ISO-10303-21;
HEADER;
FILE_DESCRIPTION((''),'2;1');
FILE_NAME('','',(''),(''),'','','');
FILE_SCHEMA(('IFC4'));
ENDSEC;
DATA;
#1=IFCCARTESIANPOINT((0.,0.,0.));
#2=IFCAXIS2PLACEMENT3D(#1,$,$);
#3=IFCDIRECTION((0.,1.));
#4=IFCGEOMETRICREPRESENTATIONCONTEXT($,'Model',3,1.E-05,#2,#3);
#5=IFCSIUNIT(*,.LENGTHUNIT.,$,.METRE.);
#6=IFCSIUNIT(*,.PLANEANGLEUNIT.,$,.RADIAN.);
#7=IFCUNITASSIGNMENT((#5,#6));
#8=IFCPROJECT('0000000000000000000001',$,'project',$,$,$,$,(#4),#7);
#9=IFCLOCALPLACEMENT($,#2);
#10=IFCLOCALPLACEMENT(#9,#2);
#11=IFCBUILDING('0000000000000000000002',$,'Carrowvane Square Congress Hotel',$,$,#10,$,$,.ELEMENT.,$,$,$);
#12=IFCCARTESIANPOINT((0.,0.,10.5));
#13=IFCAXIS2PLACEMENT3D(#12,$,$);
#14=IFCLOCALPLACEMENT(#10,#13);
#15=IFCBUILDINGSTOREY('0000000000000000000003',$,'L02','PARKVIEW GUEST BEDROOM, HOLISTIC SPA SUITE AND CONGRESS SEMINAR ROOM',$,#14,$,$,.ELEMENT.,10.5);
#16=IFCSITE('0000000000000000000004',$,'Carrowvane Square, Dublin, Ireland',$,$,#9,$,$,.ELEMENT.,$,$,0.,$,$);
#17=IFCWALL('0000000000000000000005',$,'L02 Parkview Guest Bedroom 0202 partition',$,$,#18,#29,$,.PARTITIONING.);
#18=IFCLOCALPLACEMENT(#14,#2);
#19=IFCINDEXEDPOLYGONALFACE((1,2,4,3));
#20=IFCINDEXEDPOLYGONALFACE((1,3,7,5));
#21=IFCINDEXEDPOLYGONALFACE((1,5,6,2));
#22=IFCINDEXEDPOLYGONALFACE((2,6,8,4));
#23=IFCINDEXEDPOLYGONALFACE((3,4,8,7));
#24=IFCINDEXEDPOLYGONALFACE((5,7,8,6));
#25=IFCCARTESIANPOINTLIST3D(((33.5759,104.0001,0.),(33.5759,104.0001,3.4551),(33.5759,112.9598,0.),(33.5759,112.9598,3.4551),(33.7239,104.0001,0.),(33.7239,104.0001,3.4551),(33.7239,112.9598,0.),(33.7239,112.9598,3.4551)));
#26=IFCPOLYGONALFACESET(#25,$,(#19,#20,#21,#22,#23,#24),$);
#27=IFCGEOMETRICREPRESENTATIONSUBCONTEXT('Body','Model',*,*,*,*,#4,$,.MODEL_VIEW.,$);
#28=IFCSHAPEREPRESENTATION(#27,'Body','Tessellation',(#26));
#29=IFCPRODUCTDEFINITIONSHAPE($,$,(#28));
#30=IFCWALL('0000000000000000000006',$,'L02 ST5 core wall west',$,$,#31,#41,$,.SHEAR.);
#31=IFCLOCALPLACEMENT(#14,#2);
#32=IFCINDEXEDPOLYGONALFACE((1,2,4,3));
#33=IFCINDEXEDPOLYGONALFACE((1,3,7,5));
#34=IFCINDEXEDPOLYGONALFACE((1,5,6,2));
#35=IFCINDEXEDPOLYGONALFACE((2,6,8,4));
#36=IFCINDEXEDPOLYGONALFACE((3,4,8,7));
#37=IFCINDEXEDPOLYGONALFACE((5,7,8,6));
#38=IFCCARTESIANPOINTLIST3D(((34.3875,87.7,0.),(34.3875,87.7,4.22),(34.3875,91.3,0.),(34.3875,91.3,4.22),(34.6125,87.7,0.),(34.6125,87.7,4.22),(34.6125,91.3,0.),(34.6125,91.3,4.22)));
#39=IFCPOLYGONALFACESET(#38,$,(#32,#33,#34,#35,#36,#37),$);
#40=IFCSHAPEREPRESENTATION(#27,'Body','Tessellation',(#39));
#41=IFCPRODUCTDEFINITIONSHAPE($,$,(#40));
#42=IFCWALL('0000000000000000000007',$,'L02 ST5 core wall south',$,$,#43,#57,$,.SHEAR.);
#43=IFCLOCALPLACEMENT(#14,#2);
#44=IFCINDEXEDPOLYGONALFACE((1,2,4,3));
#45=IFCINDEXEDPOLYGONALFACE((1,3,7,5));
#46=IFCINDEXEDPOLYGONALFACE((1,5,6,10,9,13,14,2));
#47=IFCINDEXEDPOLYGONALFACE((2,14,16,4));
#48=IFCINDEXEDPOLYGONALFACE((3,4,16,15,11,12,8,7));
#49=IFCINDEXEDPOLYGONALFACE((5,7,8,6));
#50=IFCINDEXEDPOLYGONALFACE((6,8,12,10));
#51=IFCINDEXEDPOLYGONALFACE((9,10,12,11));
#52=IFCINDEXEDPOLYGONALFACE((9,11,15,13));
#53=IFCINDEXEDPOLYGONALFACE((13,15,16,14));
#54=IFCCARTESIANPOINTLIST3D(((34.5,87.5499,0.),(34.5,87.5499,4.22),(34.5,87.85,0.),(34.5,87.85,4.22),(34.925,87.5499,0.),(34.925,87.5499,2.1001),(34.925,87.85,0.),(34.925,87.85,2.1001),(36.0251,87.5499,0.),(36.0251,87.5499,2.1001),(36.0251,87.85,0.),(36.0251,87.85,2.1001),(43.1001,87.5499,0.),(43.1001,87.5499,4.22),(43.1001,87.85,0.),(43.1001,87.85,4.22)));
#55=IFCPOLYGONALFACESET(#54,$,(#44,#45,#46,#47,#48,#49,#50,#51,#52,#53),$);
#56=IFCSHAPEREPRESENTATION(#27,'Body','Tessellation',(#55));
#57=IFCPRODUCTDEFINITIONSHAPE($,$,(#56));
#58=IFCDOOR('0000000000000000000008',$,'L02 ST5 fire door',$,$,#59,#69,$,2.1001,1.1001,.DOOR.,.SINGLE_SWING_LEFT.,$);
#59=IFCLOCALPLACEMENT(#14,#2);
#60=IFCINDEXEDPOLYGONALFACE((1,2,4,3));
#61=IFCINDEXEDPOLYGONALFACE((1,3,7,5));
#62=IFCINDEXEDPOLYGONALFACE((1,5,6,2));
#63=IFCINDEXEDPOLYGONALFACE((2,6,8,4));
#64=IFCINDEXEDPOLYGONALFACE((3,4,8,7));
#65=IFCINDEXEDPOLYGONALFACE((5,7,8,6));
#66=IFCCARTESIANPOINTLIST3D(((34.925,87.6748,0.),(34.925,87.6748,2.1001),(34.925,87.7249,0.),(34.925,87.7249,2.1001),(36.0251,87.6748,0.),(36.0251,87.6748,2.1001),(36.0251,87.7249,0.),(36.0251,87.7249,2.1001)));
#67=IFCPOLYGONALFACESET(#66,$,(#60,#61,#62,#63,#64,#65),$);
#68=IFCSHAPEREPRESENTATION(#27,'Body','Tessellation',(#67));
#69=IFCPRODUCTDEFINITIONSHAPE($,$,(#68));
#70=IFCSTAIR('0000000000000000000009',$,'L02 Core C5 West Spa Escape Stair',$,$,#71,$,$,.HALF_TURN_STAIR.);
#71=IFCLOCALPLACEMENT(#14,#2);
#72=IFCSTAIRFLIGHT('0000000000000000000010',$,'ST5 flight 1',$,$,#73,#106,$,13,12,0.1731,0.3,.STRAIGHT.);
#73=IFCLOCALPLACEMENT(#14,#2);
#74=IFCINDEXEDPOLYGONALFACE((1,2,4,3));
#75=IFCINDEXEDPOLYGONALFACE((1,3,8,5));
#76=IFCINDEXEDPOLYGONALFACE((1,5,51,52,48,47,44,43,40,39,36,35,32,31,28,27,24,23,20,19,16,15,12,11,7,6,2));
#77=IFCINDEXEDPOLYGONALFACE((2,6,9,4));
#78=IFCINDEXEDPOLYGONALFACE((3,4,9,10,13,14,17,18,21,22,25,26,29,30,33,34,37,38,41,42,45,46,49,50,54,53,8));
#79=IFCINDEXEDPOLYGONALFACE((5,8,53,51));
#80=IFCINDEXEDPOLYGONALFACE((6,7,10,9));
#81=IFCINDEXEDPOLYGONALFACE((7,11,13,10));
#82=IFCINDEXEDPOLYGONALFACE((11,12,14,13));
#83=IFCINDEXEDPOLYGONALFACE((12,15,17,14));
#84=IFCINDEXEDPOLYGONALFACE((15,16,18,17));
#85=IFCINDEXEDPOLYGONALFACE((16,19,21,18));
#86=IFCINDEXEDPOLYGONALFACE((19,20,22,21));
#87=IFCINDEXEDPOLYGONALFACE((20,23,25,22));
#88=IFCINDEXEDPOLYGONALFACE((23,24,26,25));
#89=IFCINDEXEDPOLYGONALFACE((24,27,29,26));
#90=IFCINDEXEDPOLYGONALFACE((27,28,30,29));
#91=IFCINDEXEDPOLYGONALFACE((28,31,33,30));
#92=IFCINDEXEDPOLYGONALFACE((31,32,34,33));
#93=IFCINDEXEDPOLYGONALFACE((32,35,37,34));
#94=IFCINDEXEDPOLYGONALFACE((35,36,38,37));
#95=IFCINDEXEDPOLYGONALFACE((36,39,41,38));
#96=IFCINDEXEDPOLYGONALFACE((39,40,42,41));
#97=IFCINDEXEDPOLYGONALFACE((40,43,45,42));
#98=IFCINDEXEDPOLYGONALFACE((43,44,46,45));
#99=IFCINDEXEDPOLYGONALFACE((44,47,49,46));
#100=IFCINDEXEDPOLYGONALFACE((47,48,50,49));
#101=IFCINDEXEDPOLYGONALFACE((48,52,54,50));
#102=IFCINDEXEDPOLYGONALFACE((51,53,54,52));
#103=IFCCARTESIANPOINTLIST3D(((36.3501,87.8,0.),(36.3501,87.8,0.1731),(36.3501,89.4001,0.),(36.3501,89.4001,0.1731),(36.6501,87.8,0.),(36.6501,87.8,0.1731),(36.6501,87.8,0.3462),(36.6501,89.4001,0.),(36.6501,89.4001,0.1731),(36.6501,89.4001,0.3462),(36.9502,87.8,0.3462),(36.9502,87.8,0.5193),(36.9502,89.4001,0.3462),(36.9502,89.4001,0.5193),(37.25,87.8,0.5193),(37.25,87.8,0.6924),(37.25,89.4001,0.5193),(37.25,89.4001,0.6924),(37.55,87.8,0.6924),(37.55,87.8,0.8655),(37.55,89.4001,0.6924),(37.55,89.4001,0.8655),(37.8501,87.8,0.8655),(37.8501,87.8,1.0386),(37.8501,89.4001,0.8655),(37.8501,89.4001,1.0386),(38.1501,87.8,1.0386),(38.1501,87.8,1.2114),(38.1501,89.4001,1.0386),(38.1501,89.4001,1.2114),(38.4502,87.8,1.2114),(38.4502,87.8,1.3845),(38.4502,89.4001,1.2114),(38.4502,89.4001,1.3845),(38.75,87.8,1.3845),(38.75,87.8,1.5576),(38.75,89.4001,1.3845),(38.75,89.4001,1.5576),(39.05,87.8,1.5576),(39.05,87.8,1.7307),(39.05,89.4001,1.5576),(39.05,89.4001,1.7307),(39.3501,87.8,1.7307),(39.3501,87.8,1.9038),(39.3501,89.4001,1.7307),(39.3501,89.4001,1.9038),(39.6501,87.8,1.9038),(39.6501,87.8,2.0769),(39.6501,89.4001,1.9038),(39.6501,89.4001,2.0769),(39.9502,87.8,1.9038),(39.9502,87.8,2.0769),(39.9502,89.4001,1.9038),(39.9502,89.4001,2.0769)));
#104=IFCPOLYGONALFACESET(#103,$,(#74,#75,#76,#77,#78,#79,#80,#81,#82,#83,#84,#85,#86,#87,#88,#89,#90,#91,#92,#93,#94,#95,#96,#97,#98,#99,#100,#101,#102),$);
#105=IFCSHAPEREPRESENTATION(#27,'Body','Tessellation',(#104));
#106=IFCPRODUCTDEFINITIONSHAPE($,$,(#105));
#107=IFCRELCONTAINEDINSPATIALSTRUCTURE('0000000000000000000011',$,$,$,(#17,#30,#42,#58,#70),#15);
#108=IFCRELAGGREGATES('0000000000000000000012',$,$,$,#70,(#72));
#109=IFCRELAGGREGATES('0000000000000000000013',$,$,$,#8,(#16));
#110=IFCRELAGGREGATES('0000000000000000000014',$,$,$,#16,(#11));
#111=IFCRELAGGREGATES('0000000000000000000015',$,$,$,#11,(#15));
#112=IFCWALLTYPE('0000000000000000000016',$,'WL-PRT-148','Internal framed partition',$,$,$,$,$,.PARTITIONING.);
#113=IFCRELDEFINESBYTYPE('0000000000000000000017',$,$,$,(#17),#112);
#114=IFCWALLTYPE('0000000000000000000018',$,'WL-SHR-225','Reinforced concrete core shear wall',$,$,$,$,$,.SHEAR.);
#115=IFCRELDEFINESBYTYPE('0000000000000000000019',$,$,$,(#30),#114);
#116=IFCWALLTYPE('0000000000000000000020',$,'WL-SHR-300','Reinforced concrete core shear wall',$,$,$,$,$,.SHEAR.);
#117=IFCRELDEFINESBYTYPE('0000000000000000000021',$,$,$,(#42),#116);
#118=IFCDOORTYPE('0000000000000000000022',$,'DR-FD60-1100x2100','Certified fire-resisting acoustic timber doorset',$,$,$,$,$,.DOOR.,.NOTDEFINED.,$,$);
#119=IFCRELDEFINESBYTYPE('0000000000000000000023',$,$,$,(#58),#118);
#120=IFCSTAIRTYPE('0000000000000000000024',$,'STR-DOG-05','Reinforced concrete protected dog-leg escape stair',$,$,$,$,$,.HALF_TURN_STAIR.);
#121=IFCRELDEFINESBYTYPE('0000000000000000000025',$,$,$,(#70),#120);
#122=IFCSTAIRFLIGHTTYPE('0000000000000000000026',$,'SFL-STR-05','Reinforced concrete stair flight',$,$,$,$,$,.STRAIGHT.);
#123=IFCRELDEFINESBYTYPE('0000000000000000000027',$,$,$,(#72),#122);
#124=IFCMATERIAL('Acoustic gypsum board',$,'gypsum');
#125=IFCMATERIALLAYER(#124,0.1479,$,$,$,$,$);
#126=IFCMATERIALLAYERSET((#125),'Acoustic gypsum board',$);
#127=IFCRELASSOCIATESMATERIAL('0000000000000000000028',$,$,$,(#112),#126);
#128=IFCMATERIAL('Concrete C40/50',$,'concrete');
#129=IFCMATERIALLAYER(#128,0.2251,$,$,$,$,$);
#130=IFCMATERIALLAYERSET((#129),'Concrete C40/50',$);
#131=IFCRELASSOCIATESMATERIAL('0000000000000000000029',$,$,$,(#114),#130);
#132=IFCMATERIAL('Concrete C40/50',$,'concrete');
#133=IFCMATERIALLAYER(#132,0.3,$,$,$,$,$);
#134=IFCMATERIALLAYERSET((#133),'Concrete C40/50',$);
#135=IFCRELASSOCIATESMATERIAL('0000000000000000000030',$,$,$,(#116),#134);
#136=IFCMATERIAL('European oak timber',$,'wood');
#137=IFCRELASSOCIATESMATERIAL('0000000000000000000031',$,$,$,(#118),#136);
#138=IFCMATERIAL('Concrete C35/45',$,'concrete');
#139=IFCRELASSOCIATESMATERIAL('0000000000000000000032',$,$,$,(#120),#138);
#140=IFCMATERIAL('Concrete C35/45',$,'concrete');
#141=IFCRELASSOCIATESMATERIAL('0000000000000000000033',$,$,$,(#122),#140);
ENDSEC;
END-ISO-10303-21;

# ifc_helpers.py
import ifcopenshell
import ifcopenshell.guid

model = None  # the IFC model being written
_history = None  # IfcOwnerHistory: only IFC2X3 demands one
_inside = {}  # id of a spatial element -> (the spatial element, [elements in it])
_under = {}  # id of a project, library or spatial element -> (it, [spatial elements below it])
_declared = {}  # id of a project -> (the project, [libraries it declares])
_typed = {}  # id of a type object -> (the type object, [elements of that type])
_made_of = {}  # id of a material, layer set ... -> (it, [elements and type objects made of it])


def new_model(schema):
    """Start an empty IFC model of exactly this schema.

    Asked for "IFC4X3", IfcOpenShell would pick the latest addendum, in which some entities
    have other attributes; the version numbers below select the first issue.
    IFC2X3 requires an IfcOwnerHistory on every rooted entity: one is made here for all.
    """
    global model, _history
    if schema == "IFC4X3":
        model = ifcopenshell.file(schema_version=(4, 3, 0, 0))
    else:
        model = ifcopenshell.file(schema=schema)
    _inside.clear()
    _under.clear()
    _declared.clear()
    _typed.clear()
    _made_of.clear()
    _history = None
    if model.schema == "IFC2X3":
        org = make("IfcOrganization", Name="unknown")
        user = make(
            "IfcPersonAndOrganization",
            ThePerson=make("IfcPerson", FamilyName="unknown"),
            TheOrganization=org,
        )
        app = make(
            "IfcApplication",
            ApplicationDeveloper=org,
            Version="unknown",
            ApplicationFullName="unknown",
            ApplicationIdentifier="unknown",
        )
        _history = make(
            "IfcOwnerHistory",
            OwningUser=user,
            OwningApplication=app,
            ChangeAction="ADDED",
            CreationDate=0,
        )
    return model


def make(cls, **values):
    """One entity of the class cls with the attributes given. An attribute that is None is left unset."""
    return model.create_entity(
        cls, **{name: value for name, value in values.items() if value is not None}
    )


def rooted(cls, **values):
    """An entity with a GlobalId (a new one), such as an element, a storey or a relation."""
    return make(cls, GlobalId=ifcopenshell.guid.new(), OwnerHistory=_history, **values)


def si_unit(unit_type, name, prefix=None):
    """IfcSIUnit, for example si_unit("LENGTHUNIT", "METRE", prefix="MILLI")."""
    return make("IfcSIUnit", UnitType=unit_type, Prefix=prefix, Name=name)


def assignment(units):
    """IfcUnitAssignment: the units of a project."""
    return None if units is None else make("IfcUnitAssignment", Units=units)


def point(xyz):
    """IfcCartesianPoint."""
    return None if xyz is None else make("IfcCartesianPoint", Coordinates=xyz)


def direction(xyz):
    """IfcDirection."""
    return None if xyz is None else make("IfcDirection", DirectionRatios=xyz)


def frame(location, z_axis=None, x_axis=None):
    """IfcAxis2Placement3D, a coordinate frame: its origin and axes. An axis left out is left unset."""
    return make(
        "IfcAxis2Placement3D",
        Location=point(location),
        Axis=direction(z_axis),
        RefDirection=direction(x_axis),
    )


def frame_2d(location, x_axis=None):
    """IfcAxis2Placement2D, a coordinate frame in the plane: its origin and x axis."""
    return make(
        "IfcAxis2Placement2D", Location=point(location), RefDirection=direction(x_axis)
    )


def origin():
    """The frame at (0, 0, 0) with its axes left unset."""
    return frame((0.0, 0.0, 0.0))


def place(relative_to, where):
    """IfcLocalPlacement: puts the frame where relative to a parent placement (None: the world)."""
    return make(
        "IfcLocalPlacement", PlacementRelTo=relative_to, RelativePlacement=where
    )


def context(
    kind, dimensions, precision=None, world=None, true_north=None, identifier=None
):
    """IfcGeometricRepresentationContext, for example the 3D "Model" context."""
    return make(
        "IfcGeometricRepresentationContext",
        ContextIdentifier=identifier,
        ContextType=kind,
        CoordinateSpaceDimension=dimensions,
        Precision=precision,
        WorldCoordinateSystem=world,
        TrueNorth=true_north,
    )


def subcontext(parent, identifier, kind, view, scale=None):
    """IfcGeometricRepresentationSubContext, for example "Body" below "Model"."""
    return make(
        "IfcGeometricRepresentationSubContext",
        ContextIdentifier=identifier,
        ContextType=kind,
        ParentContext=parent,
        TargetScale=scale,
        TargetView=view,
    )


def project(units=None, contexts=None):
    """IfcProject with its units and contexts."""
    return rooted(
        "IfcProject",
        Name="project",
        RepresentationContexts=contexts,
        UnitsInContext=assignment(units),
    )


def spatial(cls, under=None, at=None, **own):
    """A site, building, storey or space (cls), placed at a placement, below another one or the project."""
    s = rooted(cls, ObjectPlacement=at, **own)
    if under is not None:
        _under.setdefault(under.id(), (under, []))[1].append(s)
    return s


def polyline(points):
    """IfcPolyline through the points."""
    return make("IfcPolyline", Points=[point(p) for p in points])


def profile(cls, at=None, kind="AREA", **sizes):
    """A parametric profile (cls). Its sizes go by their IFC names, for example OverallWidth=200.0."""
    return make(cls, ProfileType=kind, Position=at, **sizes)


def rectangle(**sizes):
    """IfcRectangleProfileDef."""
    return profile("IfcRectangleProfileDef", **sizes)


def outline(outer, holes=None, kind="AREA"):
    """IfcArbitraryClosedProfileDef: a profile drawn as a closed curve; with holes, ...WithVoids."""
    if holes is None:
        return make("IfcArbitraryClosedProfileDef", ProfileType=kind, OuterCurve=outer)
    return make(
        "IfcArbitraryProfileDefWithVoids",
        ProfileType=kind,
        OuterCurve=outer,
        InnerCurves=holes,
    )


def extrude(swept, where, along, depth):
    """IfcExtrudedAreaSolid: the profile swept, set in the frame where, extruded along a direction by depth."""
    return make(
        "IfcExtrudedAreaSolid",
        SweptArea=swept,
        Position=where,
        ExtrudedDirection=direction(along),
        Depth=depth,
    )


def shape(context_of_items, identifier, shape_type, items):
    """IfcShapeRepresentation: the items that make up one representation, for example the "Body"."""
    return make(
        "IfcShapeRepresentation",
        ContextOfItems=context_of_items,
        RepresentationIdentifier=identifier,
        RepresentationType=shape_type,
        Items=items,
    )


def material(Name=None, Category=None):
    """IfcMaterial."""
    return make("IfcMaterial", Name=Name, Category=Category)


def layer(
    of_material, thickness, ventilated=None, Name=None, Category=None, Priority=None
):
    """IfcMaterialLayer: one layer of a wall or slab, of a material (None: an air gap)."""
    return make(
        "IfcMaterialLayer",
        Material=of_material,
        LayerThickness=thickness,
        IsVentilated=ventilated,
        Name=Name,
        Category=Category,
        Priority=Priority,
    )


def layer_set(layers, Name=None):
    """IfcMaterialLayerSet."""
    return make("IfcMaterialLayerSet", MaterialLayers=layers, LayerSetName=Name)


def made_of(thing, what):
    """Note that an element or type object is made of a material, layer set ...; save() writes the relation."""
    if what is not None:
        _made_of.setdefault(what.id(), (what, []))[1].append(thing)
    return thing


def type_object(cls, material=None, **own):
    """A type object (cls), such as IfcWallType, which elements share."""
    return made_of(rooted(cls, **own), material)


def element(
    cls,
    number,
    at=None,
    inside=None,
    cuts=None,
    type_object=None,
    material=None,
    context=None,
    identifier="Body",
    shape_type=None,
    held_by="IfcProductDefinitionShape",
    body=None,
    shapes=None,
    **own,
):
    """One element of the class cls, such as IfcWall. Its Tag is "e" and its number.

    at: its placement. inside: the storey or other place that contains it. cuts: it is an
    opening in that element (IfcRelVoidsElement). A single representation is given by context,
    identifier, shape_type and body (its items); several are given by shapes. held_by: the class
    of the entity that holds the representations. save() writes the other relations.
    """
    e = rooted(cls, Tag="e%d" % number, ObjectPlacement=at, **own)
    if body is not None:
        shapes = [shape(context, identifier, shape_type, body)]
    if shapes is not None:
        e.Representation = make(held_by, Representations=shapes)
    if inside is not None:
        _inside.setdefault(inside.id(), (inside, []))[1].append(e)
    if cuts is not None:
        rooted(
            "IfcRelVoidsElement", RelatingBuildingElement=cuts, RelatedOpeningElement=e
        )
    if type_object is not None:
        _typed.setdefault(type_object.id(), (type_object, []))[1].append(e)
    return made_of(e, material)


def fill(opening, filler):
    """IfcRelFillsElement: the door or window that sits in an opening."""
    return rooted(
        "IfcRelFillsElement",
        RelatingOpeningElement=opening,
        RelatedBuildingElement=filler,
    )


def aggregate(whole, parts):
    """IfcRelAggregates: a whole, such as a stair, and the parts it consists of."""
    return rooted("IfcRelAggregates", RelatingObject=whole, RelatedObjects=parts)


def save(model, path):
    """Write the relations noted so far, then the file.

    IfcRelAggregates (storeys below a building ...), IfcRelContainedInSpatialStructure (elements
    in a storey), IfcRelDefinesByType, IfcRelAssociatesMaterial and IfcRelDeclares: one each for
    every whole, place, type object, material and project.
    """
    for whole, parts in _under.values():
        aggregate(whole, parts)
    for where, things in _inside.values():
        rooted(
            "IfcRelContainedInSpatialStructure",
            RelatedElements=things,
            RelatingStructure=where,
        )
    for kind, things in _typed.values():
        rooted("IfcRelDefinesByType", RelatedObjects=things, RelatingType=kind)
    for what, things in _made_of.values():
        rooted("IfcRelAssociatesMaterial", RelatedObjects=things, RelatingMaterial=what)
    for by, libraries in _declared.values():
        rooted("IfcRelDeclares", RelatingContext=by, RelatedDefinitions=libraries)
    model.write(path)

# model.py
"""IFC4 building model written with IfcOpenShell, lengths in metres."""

from ifc_helpers import new_model, si_unit, direction, frame, frame_2d, origin, place, context, subcontext, project, spatial, polyline, rectangle, outline, extrude, material, layer, layer_set, type_object, element, fill, aggregate, save


model = new_model("IFC4")

# Units and contexts
model_context = context("Model", 3, precision=1e-05, world=origin(), true_north=direction((0.0, 1.0)))
body_context = subcontext(model_context, "Body", "Model", "MODEL_VIEW")
ifc_project = project(units=[si_unit("LENGTHUNIT", "METRE"), si_unit("PLANEANGLEUNIT", "RADIAN")], contexts=[model_context])

# Site, building, storey
site_placement = place(None, origin())
site = spatial("IfcSite", under=ifc_project, at=site_placement, Name="Carrowvane Square, Dublin, Ireland", CompositionType="ELEMENT", RefElevation=0.0)
building_placement = place(site_placement, origin())
building = spatial("IfcBuilding", under=site, at=building_placement, Name="Carrowvane Square Congress Hotel", CompositionType="ELEMENT")
storey_placement = place(building_placement, frame((0.0, 0.0, 10.5)))
storey = spatial("IfcBuildingStorey", under=building, at=storey_placement, Name="L02", Description="PARKVIEW GUEST BEDROOM, HOLISTIC SPA SUITE AND CONGRESS SEMINAR ROOM", CompositionType="ELEMENT", Elevation=10.5)

# Walls
ifc_material_1 = material(Name="Acoustic gypsum board", Category="gypsum")
ifc_layer_1 = layer(ifc_material_1, 0.1479)
ifc_layer_set_1 = layer_set([ifc_layer_1], Name="Acoustic gypsum board")
wall_type_1 = type_object("IfcWallType", Name="WL-PRT-148", Description="Internal framed partition", PredefinedType="PARTITIONING", material=ifc_layer_set_1)
wall_1_placement = place(storey_placement, frame((33.6499, 104.0, 0.0), z_axis=(0.0, 0.0, 1.0), x_axis=(0.0, 1.0, 0.0)))
element("IfcWall", 1, at=wall_1_placement, inside=storey, type_object=wall_type_1, Name="L02 Parkview Guest Bedroom 0202 partition", PredefinedType="PARTITIONING", context=body_context, shape_type="SweptSolid", body=[
    extrude(rectangle(XDim=8.9597, YDim=0.1479, at=frame_2d((4.48, 0.0))), origin(), (0.0, 0.0, 1.0), 3.4551),
])
ifc_material_2 = material(Name="Concrete C40/50", Category="concrete")
ifc_layer_2 = layer(ifc_material_2, 0.2251)
ifc_layer_set_2 = layer_set([ifc_layer_2], Name="Concrete C40/50")
wall_type_2 = type_object("IfcWallType", Name="WL-SHR-225", Description="Reinforced concrete core shear wall", PredefinedType="SHEAR", material=ifc_layer_set_2)
wall_2_placement = place(storey_placement, frame((34.5, 91.3, 0.0), z_axis=(0.0, 0.0, 1.0), x_axis=(0.0, -1.0, 0.0)))
element("IfcWall", 2, at=wall_2_placement, inside=storey, type_object=wall_type_2, Name="L02 ST5 core wall west", PredefinedType="SHEAR", context=body_context, shape_type="SweptSolid", body=[
    extrude(rectangle(XDim=3.6001, YDim=0.2251, at=frame_2d((1.8, 0.0))), origin(), (0.0, 0.0, 1.0), 4.22),
])

# Wall, opening, door
ifc_material_3 = material(Name="Concrete C40/50", Category="concrete")
ifc_layer_3 = layer(ifc_material_3, 0.3)
ifc_layer_set_3 = layer_set([ifc_layer_3], Name="Concrete C40/50")
wall_type_3 = type_object("IfcWallType", Name="WL-SHR-300", Description="Reinforced concrete core shear wall", PredefinedType="SHEAR", material=ifc_layer_set_3)
wall_3_placement = place(storey_placement, frame((34.5, 87.7, 0.0), z_axis=(0.0, 0.0, 1.0), x_axis=(1.0, 0.0, 0.0)))
wall_3 = element("IfcWall", 3, at=wall_3_placement, inside=storey, type_object=wall_type_3, Name="L02 ST5 core wall south", PredefinedType="SHEAR", context=body_context, shape_type="SweptSolid", body=[
    extrude(rectangle(XDim=8.6001, YDim=0.3, at=frame_2d((4.3, 0.0))), origin(), (0.0, 0.0, 1.0), 4.22),
])
opening_1_placement = place(wall_3_placement, frame((0.425, 0.0, 0.0)))
opening_1 = element("IfcOpeningElement", 4, at=opening_1_placement, cuts=wall_3, PredefinedType="OPENING", context=body_context, shape_type="SweptSolid", body=[
    extrude(rectangle(XDim=1.1001, YDim=2.1001, at=frame_2d((0.55, 1.05))), frame((0.0, 0.1599, 0.0), z_axis=(0.0, -1.0, 0.0), x_axis=(1.0, 0.0, 0.0)), (0.0, 0.0, 1.0), 0.3201),
])
ifc_material_4 = material(Name="European oak timber", Category="wood")
door_type_1 = type_object("IfcDoorType", Name="DR-FD60-1100x2100", Description="Certified fire-resisting acoustic timber doorset", OperationType="NOTDEFINED", PredefinedType="DOOR", material=ifc_material_4)
door_1_placement = place(opening_1_placement, origin())
door_1 = element("IfcDoor", 5, at=door_1_placement, inside=storey, type_object=door_type_1, Name="L02 ST5 fire door", OperationType="SINGLE_SWING_LEFT", OverallHeight=2.1001, OverallWidth=1.1001, PredefinedType="DOOR", context=body_context, shape_type="SweptSolid", body=[
    extrude(rectangle(XDim=1.1001, YDim=2.1001, at=frame_2d((0.55, 1.05))), frame((0.0, 0.0249, 0.0), z_axis=(0.0, -1.0, 0.0), x_axis=(1.0, 0.0, 0.0)), (0.0, 0.0, 1.0), 0.05),
])
fill(opening_1, door_1)

# Stair, stair flight
ifc_material_5 = material(Name="Concrete C35/45", Category="concrete")
stair_type = type_object("IfcStairType", Name="STR-DOG-05", Description="Reinforced concrete protected dog-leg escape stair", PredefinedType="HALF_TURN_STAIR", material=ifc_material_5)
stair_placement = place(storey_placement, origin())
stair = element("IfcStair", 6, at=stair_placement, inside=storey, type_object=stair_type, Name="L02 Core C5 West Spa Escape Stair", PredefinedType="HALF_TURN_STAIR")
ifc_material_6 = material(Name="Concrete C35/45", Category="concrete")
stair_flight_type = type_object("IfcStairFlightType", Name="SFL-STR-05", Description="Reinforced concrete stair flight", PredefinedType="STRAIGHT", material=ifc_material_6)
stair_flight_placement = place(storey_placement, frame((36.3501, 88.6001, 0.0), z_axis=(0.0, 0.0, 1.0), x_axis=(1.0, 0.0, 0.0)))
stair_flight = element("IfcStairFlight", 7, at=stair_flight_placement, type_object=stair_flight_type, Name="ST5 flight 1", NumberOfRisers=13, NumberOfTreads=12, PredefinedType="STRAIGHT", RiserHeight=0.1731, TreadLength=0.3, context=body_context, shape_type="SweptSolid", body=[
    extrude(outline(polyline([(0.0, 0.0), (0.0, 0.1731), (0.3, 0.1731), (0.3, 0.3462), (0.6001, 0.3462), (0.6001, 0.5193), (0.8999, 0.5193), (0.8999, 0.6924), (1.2, 0.6924), (1.2, 0.8655), (1.5, 0.8655), (1.5, 1.0386), (1.8, 1.0386), (1.8, 1.2114), (2.1001, 1.2114), (2.1001, 1.3845), (2.3999, 1.3845), (2.3999, 1.5576), (2.7, 1.5576), (2.7, 1.7307), (3.0, 1.7307), (3.0, 1.9038), (3.3, 1.9038), (3.3, 2.0769), (3.6001, 2.0769), (3.6001, 2.25), (3.6001, 1.9038), (0.3, 0.0), (0.0, 0.0)])), frame((0.0, 0.8, 0.0), z_axis=(0.0, -1.0, 0.0), x_axis=(1.0, 0.0, 0.0)), (0.0, 0.0, 1.0), 1.6001),
])
aggregate(stair, [stair_flight])

save(model, "model.ifc")
